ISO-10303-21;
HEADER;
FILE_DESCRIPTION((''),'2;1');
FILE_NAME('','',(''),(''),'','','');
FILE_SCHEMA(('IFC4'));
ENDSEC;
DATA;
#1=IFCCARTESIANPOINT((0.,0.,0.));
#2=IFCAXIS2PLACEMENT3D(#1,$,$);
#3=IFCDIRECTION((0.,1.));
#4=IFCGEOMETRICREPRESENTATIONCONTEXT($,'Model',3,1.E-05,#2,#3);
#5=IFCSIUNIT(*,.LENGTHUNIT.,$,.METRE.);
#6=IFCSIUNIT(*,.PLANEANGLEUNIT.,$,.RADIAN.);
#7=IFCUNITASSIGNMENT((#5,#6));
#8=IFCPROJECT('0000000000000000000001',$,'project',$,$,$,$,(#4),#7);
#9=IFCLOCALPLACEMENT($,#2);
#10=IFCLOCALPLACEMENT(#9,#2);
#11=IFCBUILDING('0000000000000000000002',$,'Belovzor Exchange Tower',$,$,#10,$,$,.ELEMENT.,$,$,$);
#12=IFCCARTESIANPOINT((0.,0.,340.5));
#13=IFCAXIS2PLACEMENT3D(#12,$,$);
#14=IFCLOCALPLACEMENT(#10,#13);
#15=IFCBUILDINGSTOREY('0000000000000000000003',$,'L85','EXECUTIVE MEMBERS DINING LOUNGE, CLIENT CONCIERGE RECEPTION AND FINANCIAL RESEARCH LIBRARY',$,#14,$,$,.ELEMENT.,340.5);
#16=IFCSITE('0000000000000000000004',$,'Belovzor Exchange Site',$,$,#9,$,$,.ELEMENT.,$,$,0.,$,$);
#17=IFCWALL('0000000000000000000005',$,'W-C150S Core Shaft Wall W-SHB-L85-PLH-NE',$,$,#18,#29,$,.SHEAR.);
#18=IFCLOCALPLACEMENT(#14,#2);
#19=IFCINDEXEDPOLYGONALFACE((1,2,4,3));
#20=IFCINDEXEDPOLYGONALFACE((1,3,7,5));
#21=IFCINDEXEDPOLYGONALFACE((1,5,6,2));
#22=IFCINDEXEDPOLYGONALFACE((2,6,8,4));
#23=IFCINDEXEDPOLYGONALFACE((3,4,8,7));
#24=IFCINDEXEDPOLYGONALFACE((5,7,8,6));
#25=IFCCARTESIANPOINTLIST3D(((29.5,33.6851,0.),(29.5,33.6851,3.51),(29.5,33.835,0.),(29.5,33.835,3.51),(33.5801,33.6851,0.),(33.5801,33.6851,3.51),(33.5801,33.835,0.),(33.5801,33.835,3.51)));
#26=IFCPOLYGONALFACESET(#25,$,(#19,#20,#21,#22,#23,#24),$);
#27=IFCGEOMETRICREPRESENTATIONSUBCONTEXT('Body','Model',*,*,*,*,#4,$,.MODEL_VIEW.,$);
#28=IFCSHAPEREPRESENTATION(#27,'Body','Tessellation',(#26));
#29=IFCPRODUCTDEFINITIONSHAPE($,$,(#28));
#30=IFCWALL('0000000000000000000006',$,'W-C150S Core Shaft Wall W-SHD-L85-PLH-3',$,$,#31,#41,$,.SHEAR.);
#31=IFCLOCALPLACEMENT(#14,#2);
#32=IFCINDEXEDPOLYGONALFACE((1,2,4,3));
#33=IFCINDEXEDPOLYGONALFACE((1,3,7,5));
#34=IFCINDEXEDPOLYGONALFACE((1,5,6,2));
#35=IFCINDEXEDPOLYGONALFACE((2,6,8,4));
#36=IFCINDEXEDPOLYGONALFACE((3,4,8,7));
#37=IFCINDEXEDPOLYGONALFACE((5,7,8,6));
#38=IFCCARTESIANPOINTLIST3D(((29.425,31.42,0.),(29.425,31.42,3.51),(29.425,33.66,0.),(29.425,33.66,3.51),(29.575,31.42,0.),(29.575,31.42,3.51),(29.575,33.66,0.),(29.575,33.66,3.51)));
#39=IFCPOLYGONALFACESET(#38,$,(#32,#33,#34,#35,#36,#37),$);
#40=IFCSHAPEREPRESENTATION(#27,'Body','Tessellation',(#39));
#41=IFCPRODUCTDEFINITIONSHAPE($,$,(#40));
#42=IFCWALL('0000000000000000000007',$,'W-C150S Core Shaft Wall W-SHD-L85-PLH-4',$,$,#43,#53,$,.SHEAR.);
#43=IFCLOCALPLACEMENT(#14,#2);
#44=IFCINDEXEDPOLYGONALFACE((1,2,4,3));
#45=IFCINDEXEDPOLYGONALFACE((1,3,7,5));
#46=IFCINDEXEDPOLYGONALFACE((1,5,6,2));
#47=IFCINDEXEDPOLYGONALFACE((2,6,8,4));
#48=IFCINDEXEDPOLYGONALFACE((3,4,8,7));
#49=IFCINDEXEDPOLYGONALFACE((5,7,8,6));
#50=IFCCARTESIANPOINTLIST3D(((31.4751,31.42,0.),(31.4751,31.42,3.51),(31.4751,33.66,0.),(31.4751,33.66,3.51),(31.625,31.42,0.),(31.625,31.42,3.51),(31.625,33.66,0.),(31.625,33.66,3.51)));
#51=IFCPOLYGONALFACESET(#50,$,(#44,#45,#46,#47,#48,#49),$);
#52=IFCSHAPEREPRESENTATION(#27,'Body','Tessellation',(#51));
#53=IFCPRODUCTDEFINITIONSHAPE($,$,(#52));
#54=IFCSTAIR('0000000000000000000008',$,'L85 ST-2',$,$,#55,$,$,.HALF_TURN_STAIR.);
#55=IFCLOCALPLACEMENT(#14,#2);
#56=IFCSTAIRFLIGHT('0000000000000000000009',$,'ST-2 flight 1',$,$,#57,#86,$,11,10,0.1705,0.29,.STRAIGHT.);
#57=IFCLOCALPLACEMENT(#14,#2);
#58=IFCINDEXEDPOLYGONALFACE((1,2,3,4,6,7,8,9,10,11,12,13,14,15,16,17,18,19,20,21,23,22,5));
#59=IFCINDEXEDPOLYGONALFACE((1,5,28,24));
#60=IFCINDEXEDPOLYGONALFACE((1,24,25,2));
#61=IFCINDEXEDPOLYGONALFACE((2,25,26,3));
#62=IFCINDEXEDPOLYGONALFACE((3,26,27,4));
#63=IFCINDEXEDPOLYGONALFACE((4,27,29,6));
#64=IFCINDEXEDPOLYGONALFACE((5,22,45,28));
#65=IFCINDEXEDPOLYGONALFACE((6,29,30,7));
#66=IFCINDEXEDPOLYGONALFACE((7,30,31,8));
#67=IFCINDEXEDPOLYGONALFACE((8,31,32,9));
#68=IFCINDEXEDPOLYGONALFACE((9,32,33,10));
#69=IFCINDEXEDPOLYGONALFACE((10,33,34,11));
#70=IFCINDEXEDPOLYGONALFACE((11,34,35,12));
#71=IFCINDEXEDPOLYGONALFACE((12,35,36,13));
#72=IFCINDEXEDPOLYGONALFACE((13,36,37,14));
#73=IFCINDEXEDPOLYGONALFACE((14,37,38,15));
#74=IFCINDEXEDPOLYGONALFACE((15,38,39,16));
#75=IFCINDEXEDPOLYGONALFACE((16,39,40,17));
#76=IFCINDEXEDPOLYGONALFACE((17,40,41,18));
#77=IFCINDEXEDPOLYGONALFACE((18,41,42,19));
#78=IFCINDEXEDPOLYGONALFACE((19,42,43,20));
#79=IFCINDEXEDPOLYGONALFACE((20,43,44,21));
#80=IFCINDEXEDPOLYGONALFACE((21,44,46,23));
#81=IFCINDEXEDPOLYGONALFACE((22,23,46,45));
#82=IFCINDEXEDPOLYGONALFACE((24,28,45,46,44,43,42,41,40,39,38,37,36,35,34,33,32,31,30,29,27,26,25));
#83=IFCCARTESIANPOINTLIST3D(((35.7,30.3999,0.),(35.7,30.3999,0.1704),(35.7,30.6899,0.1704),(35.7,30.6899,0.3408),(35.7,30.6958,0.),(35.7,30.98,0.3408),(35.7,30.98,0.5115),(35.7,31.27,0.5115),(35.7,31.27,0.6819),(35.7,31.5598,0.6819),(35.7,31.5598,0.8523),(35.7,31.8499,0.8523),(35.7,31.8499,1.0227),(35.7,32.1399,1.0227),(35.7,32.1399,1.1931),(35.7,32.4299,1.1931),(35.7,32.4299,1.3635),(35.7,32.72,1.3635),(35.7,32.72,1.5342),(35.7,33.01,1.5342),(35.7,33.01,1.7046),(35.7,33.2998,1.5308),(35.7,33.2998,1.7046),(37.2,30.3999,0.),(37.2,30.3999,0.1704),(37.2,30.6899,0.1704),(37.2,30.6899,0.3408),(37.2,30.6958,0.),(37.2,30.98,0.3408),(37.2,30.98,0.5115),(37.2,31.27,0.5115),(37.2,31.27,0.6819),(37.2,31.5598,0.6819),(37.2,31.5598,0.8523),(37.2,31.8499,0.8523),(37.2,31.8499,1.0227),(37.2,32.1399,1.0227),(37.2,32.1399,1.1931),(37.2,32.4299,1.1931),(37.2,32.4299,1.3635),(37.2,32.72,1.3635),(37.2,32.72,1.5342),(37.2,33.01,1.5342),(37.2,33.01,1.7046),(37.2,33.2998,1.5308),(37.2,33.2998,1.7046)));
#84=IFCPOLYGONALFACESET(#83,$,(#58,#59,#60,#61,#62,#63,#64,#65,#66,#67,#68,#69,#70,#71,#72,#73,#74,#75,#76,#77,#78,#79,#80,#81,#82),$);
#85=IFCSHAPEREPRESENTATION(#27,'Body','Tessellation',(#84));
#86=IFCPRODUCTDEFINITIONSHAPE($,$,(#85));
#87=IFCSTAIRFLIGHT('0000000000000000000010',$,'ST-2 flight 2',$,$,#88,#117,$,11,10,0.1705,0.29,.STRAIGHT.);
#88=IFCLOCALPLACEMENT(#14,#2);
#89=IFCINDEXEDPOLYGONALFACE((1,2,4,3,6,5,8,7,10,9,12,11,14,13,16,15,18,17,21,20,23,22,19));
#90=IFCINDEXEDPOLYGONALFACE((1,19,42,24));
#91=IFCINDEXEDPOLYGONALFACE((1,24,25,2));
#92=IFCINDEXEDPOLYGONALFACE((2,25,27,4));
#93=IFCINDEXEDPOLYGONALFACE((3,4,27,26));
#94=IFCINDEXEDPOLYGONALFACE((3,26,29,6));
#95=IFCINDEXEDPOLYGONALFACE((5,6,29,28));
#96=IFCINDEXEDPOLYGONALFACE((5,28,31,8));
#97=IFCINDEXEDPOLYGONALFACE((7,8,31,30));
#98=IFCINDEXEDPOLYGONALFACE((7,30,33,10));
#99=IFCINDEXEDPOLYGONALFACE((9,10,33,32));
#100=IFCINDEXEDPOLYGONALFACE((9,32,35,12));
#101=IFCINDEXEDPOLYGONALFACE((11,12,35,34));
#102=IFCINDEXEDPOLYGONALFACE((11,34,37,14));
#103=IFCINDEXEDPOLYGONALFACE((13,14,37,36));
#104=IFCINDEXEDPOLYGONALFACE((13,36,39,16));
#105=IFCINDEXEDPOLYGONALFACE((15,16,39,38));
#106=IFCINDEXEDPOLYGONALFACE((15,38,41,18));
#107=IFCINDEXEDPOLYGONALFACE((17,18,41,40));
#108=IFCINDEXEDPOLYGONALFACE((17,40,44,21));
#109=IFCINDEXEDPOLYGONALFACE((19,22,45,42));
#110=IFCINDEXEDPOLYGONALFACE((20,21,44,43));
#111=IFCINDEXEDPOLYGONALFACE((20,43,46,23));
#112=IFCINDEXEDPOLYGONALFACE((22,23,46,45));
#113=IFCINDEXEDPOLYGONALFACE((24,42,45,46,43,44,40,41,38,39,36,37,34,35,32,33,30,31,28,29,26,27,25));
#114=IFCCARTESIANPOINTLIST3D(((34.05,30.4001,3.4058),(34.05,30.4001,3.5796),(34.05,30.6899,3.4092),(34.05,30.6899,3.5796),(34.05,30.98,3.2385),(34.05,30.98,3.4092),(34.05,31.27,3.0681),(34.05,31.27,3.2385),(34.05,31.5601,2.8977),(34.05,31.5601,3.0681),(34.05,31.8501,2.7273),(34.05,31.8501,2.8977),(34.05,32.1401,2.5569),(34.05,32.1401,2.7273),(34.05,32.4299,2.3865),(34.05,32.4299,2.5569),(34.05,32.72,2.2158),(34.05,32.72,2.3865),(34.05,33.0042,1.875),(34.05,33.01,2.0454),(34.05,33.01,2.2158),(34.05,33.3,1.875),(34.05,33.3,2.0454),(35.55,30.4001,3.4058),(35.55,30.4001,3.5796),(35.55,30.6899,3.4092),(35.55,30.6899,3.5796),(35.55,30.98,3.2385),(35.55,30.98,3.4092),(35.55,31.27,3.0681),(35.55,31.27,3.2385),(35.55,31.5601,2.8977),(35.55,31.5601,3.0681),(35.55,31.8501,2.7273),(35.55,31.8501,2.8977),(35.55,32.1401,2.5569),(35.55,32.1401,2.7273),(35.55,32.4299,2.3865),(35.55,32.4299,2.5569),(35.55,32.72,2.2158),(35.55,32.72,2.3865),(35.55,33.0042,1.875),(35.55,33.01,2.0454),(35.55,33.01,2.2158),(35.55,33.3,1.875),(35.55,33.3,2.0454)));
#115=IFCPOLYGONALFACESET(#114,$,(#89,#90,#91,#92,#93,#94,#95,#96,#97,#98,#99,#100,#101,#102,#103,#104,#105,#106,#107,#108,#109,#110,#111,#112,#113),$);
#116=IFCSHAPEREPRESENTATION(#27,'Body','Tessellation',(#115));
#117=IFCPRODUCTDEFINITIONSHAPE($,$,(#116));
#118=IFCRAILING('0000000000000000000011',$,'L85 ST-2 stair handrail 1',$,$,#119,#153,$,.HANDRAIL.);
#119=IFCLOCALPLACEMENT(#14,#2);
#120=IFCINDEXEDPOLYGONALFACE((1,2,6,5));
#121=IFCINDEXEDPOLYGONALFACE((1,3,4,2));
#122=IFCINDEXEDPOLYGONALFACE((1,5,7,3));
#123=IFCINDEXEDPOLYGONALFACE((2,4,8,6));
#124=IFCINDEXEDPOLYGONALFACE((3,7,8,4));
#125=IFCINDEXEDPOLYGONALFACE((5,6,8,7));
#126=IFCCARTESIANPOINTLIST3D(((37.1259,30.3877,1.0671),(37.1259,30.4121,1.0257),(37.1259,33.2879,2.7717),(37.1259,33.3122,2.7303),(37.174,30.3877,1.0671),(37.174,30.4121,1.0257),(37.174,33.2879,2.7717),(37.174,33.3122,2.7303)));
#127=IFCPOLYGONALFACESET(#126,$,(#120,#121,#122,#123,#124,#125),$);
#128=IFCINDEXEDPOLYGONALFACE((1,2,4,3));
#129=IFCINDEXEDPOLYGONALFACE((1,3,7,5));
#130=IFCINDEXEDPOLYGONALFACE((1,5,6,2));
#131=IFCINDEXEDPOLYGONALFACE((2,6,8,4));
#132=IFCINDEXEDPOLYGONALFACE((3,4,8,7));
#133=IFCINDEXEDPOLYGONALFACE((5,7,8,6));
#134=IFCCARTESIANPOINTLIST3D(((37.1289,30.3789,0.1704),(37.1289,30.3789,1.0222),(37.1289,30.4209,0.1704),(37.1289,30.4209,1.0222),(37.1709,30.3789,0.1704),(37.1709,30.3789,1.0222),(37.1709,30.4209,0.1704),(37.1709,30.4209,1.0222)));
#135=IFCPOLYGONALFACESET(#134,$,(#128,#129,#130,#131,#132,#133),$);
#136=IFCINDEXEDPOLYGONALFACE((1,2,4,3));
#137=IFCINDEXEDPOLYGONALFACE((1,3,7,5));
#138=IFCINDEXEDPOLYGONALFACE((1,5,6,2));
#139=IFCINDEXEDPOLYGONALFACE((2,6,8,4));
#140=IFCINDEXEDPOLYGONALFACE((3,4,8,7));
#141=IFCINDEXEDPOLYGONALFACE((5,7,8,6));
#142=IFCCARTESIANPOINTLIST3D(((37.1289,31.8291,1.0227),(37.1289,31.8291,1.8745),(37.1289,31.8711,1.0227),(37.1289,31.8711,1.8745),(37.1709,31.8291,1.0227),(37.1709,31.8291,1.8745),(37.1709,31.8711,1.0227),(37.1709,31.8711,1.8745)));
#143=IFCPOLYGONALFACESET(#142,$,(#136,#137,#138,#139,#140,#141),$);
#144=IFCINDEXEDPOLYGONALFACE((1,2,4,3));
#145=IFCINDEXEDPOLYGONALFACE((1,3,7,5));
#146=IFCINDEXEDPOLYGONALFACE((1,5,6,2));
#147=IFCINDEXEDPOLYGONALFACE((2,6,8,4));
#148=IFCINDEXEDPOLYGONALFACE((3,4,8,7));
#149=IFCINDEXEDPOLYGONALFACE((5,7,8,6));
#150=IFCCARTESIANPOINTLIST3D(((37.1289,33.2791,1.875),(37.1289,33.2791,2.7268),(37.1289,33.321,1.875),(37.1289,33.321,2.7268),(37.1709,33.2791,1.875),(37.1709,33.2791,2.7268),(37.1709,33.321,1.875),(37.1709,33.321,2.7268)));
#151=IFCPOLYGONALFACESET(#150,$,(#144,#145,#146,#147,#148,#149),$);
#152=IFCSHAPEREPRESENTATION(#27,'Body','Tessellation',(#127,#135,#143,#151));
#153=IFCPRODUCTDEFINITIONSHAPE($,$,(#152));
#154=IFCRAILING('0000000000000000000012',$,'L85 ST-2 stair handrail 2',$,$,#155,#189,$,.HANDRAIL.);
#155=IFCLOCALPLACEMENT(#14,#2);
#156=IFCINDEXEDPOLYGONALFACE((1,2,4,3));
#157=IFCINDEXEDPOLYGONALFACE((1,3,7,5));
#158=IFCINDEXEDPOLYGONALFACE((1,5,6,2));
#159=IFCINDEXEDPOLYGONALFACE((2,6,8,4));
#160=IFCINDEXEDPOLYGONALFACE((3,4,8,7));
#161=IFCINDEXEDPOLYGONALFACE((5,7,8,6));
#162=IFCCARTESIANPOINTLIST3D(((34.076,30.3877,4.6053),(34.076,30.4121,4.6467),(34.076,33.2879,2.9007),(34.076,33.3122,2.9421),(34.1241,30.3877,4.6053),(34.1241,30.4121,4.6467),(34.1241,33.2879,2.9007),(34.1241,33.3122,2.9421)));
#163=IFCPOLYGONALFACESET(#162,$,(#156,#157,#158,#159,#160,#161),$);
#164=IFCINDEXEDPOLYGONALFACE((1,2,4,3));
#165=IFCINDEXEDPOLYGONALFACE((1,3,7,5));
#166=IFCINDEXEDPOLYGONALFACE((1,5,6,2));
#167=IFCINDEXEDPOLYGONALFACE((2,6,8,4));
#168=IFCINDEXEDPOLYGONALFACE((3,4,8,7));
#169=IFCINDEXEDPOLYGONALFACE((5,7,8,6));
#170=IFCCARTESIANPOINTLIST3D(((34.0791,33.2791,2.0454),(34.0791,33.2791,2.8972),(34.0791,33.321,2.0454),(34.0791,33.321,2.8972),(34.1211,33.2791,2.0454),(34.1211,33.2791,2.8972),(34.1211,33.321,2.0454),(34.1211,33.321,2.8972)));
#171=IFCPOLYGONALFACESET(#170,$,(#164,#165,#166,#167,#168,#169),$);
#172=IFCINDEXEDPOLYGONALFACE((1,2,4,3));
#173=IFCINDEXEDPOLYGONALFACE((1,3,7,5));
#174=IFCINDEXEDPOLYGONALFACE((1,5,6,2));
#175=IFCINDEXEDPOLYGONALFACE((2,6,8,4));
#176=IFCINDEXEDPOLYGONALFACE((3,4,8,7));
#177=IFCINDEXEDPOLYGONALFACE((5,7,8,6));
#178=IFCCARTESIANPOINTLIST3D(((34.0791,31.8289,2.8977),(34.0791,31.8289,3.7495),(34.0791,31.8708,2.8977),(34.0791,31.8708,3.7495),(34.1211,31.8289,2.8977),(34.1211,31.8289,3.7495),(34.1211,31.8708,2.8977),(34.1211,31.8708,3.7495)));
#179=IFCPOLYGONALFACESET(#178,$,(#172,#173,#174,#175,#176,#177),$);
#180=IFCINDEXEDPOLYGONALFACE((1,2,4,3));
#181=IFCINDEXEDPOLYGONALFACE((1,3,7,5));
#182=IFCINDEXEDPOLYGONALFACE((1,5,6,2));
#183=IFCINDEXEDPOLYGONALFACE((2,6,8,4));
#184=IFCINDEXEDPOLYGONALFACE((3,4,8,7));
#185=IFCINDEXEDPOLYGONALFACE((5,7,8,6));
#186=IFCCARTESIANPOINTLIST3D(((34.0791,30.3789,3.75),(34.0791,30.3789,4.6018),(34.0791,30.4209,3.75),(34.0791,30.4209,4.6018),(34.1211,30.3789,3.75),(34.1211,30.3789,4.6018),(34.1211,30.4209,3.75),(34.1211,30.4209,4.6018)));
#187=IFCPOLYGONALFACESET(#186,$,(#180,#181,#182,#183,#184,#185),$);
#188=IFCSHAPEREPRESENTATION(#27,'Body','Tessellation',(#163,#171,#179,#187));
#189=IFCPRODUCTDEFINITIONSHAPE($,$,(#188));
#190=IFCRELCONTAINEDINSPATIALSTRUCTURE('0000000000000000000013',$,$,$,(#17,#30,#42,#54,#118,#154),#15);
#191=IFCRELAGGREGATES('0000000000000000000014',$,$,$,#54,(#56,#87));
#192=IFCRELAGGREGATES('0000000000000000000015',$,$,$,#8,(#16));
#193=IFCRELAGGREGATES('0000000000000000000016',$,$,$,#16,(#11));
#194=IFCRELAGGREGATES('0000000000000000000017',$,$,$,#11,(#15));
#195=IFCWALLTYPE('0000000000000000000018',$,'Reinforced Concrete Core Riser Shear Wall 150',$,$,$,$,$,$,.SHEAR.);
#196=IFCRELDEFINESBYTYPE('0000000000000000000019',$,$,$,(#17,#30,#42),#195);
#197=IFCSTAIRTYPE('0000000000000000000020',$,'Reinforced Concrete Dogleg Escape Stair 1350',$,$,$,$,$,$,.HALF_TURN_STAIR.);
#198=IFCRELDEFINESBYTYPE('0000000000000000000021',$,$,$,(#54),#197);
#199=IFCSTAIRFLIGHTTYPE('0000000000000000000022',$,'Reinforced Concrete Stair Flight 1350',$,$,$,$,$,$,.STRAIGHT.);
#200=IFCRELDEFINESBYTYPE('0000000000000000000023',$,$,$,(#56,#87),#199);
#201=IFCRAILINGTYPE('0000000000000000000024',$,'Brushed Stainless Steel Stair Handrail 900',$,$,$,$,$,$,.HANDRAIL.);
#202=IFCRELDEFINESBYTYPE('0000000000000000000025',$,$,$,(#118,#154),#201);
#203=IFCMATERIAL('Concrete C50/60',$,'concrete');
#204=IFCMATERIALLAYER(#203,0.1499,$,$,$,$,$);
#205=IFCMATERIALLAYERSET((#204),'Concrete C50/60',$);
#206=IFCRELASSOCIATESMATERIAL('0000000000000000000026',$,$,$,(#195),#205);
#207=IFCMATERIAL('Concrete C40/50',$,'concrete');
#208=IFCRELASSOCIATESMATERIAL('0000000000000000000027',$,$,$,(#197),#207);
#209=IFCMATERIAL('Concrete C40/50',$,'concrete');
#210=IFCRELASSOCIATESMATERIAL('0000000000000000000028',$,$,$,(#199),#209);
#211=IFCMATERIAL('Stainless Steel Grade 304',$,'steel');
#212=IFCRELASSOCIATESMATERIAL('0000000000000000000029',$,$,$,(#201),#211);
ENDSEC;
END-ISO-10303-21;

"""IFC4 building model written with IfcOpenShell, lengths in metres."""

from ifc_helpers import new_model, si_unit, direction, frame, frame_2d, origin, origin_2d, place, context, subcontext, project, spatial, polyline, rectangle, outline, extrude, material, layer, layer_set, type_object, element, aggregate, save


model = new_model("IFC4")

# Units and contexts
model_context = context("Model", 3, precision=1e-05, world=origin(), true_north=direction((0.0, 1.0)))
body_context = subcontext(model_context, "Body", "Model", "MODEL_VIEW")
ifc_project = project(units=[si_unit("LENGTHUNIT", "METRE"), si_unit("PLANEANGLEUNIT", "RADIAN")], contexts=[model_context])

# Site, building, storey
site_placement = place(None, origin())
site = spatial("IfcSite", under=ifc_project, at=site_placement, Name="Belovzor Exchange Site", CompositionType="ELEMENT", RefElevation=0.0)
building_placement = place(site_placement, origin())
building = spatial("IfcBuilding", under=site, at=building_placement, Name="Belovzor Exchange Tower", CompositionType="ELEMENT")
storey_placement = place(building_placement, frame((0.0, 0.0, 340.5)))
storey = spatial("IfcBuildingStorey", under=building, at=storey_placement, Name="L85", Description="EXECUTIVE MEMBERS DINING LOUNGE, CLIENT CONCIERGE RECEPTION AND FINANCIAL RESEARCH LIBRARY", CompositionType="ELEMENT", Elevation=340.5)

# Walls
ifc_material_1 = material(Name="Concrete C50/60", Category="concrete")
ifc_layer_1 = layer(ifc_material_1, 0.1499)
ifc_layer_set_1 = layer_set([ifc_layer_1], Name="Concrete C50/60")
wall_type_1 = type_object("IfcWallType", Name="Reinforced Concrete Core Riser Shear Wall 150", PredefinedType="SHEAR", material=ifc_layer_set_1)
wall_1_placement = place(storey_placement, frame((29.5, 33.76, 0.0), z_axis=(0.0, 0.0, 1.0), x_axis=(1.0, 0.0, 0.0)))
element("IfcWall", 1, at=wall_1_placement, inside=storey, type_object=wall_type_1, Name="W-C150S Core Shaft Wall W-SHB-L85-PLH-NE", PredefinedType="SHEAR", context=body_context, shape_type="SweptSolid", body=[
    extrude(rectangle(XDim=4.0801, YDim=0.1499, at=frame_2d((2.04, 0.0))), origin(), (0.0, 0.0, 1.0), 3.51),
])
for number, where, z_axis, x_axis, name in (
    (2, (29.5, 31.4199, 0.0), (0.0, 0.0, 1.0), (0.0, 1.0, 0.0), "W-C150S Core Shaft Wall W-SHD-L85-PLH-3"),
    (3, (31.55, 31.4199, 0.0), (0.0, 0.0, 1.0), (0.0, 1.0, 0.0), "W-C150S Core Shaft Wall W-SHD-L85-PLH-4"),
):
    element("IfcWall", number, at=place(storey_placement, frame(where, z_axis=z_axis, x_axis=x_axis)), inside=storey, type_object=wall_type_1, Name=name, PredefinedType="SHEAR", context=body_context, shape_type="SweptSolid", body=[
        extrude(rectangle(XDim=2.24, YDim=0.1499, at=frame_2d((1.1201, 0.0))), origin(), (0.0, 0.0, 1.0), 3.51),
    ])

# Stair, stair flights
ifc_material_2 = material(Name="Concrete C40/50", Category="concrete")
stair_type = type_object("IfcStairType", Name="Reinforced Concrete Dogleg Escape Stair 1350", PredefinedType="HALF_TURN_STAIR", material=ifc_material_2)
stair_placement = place(storey_placement, origin())
stair = element("IfcStair", 4, at=stair_placement, inside=storey, type_object=stair_type, Name="L85 ST-2", PredefinedType="HALF_TURN_STAIR")
ifc_material_3 = material(Name="Concrete C40/50", Category="concrete")
stair_flight_type = type_object("IfcStairFlightType", Name="Reinforced Concrete Stair Flight 1350", PredefinedType="STRAIGHT", material=ifc_material_3)
stair_flight_1_placement = place(storey_placement, frame((36.45, 30.3999, 0.0), z_axis=(0.0, 0.0, 1.0), x_axis=(0.0, 1.0, 0.0)))
stair_flight_1 = element("IfcStairFlight", 5, at=stair_flight_1_placement, type_object=stair_flight_type, Name="ST-2 flight 1", NumberOfRisers=11, NumberOfTreads=10, PredefinedType="STRAIGHT", RiserHeight=0.1705, TreadLength=0.29, context=body_context, shape_type="SweptSolid", body=[
    extrude(outline(polyline([(0.0, 0.0), (0.0, 0.1704), (0.29, 0.1704), (0.29, 0.3408), (0.5801, 0.3408), (0.5801, 0.5115), (0.8701, 0.5115), (0.8701, 0.6819), (1.1599, 0.6819), (1.1599, 0.8523), (1.45, 0.8523), (1.45, 1.0227), (1.74, 1.0227), (1.74, 1.1931), (2.03, 1.1931), (2.03, 1.3635), (2.3201, 1.3635), (2.3201, 1.5342), (2.6101, 1.5342), (2.6101, 1.7046), (2.8999, 1.7046), (2.8999, 1.875), (2.8999, 1.5308), (0.2959, 0.0), (0.0, 0.0)])), frame((0.0, 0.75, 0.0), z_axis=(0.0, -1.0, 0.0), x_axis=(1.0, 0.0, 0.0)), (0.0, 0.0, 1.0), 1.5),
])
stair_flight_2_placement = place(storey_placement, frame((34.8, 33.3, 1.875), z_axis=(0.0, 0.0, 1.0), x_axis=(0.0, -1.0, 0.0)))
stair_flight_2 = element("IfcStairFlight", 6, at=stair_flight_2_placement, type_object=stair_flight_type, Name="ST-2 flight 2", NumberOfRisers=11, NumberOfTreads=10, PredefinedType="STRAIGHT", RiserHeight=0.1705, TreadLength=0.29, context=body_context, shape_type="SweptSolid", body=[
    extrude(outline(polyline([(0.0, 0.0), (0.0, 0.1704), (0.29, 0.1704), (0.29, 0.3408), (0.5801, 0.3408), (0.5801, 0.5115), (0.8701, 0.5115), (0.8701, 0.6819), (1.1599, 0.6819), (1.1599, 0.8523), (1.45, 0.8523), (1.45, 1.0227), (1.74, 1.0227), (1.74, 1.1931), (2.03, 1.1931), (2.03, 1.3635), (2.3201, 1.3635), (2.3201, 1.5342), (2.6101, 1.5342), (2.6101, 1.7046), (2.8999, 1.7046), (2.8999, 1.875), (2.8999, 1.5308), (0.2959, 0.0), (0.0, 0.0)])), frame((0.0, 0.75, 0.0), z_axis=(0.0, -1.0, 0.0), x_axis=(1.0, 0.0, 0.0)), (0.0, 0.0, 1.0), 1.5),
])
aggregate(stair, [stair_flight_1, stair_flight_2])

# Railings
ifc_material_4 = material(Name="Stainless Steel Grade 304", Category="steel")
railing_type_1 = type_object("IfcRailingType", Name="Brushed Stainless Steel Stair Handrail 900", PredefinedType="HANDRAIL", material=ifc_material_4)
railing_1_placement = place(storey_placement, frame((37.1499, 30.3999, 0.1704)))
element("IfcRailing", 7, at=railing_1_placement, inside=storey, type_object=railing_type_1, Name="L85 ST-2 stair handrail 1", PredefinedType="HANDRAIL", context=body_context, shape_type="SweptSolid", body=[
    extrude(rectangle(XDim=0.0481, YDim=0.0481, at=origin_2d()), frame((0.0, 0.0, 0.876), z_axis=(0.0, 0.862113, 0.506716), x_axis=(-1.0, 0.0, 0.0)), (0.0, 0.0, 1.0), 3.364),
    extrude(rectangle(XDim=0.042, YDim=0.042, at=origin_2d()), origin(), (0.0, 0.0, 1.0), 0.8518),
    extrude(rectangle(XDim=0.042, YDim=0.042, at=origin_2d()), frame((0.0, 1.4502, 0.8523)), (0.0, 0.0, 1.0), 0.8518),
    extrude(rectangle(XDim=0.042, YDim=0.042, at=origin_2d()), frame((0.0, 2.9001, 1.7046)), (0.0, 0.0, 1.0), 0.8518),
])
railing_2_placement = place(storey_placement, frame((34.1001, 33.3, 2.0454)))
element("IfcRailing", 8, at=railing_2_placement, inside=storey, type_object=railing_type_1, Name="L85 ST-2 stair handrail 2", PredefinedType="HANDRAIL", context=body_context, shape_type="SweptSolid", body=[
    extrude(rectangle(XDim=0.0481, YDim=0.0481, at=origin_2d()), frame((0.0, 0.0, 0.876), z_axis=(0.0, -0.862113, 0.506716), x_axis=(1.0, 0.0, 0.0)), (0.0, 0.0, 1.0), 3.364),
    extrude(rectangle(XDim=0.042, YDim=0.042, at=origin_2d()), origin(), (0.0, 0.0, 1.0), 0.8518),
    extrude(rectangle(XDim=0.042, YDim=0.042, at=origin_2d()), frame((0.0, -1.4502, 0.8523)), (0.0, 0.0, 1.0), 0.8518),
    extrude(rectangle(XDim=0.042, YDim=0.042, at=origin_2d()), frame((0.0, -2.9001, 1.7046)), (0.0, 0.0, 1.0), 0.8518),
])

save(model, "model.ifc")
